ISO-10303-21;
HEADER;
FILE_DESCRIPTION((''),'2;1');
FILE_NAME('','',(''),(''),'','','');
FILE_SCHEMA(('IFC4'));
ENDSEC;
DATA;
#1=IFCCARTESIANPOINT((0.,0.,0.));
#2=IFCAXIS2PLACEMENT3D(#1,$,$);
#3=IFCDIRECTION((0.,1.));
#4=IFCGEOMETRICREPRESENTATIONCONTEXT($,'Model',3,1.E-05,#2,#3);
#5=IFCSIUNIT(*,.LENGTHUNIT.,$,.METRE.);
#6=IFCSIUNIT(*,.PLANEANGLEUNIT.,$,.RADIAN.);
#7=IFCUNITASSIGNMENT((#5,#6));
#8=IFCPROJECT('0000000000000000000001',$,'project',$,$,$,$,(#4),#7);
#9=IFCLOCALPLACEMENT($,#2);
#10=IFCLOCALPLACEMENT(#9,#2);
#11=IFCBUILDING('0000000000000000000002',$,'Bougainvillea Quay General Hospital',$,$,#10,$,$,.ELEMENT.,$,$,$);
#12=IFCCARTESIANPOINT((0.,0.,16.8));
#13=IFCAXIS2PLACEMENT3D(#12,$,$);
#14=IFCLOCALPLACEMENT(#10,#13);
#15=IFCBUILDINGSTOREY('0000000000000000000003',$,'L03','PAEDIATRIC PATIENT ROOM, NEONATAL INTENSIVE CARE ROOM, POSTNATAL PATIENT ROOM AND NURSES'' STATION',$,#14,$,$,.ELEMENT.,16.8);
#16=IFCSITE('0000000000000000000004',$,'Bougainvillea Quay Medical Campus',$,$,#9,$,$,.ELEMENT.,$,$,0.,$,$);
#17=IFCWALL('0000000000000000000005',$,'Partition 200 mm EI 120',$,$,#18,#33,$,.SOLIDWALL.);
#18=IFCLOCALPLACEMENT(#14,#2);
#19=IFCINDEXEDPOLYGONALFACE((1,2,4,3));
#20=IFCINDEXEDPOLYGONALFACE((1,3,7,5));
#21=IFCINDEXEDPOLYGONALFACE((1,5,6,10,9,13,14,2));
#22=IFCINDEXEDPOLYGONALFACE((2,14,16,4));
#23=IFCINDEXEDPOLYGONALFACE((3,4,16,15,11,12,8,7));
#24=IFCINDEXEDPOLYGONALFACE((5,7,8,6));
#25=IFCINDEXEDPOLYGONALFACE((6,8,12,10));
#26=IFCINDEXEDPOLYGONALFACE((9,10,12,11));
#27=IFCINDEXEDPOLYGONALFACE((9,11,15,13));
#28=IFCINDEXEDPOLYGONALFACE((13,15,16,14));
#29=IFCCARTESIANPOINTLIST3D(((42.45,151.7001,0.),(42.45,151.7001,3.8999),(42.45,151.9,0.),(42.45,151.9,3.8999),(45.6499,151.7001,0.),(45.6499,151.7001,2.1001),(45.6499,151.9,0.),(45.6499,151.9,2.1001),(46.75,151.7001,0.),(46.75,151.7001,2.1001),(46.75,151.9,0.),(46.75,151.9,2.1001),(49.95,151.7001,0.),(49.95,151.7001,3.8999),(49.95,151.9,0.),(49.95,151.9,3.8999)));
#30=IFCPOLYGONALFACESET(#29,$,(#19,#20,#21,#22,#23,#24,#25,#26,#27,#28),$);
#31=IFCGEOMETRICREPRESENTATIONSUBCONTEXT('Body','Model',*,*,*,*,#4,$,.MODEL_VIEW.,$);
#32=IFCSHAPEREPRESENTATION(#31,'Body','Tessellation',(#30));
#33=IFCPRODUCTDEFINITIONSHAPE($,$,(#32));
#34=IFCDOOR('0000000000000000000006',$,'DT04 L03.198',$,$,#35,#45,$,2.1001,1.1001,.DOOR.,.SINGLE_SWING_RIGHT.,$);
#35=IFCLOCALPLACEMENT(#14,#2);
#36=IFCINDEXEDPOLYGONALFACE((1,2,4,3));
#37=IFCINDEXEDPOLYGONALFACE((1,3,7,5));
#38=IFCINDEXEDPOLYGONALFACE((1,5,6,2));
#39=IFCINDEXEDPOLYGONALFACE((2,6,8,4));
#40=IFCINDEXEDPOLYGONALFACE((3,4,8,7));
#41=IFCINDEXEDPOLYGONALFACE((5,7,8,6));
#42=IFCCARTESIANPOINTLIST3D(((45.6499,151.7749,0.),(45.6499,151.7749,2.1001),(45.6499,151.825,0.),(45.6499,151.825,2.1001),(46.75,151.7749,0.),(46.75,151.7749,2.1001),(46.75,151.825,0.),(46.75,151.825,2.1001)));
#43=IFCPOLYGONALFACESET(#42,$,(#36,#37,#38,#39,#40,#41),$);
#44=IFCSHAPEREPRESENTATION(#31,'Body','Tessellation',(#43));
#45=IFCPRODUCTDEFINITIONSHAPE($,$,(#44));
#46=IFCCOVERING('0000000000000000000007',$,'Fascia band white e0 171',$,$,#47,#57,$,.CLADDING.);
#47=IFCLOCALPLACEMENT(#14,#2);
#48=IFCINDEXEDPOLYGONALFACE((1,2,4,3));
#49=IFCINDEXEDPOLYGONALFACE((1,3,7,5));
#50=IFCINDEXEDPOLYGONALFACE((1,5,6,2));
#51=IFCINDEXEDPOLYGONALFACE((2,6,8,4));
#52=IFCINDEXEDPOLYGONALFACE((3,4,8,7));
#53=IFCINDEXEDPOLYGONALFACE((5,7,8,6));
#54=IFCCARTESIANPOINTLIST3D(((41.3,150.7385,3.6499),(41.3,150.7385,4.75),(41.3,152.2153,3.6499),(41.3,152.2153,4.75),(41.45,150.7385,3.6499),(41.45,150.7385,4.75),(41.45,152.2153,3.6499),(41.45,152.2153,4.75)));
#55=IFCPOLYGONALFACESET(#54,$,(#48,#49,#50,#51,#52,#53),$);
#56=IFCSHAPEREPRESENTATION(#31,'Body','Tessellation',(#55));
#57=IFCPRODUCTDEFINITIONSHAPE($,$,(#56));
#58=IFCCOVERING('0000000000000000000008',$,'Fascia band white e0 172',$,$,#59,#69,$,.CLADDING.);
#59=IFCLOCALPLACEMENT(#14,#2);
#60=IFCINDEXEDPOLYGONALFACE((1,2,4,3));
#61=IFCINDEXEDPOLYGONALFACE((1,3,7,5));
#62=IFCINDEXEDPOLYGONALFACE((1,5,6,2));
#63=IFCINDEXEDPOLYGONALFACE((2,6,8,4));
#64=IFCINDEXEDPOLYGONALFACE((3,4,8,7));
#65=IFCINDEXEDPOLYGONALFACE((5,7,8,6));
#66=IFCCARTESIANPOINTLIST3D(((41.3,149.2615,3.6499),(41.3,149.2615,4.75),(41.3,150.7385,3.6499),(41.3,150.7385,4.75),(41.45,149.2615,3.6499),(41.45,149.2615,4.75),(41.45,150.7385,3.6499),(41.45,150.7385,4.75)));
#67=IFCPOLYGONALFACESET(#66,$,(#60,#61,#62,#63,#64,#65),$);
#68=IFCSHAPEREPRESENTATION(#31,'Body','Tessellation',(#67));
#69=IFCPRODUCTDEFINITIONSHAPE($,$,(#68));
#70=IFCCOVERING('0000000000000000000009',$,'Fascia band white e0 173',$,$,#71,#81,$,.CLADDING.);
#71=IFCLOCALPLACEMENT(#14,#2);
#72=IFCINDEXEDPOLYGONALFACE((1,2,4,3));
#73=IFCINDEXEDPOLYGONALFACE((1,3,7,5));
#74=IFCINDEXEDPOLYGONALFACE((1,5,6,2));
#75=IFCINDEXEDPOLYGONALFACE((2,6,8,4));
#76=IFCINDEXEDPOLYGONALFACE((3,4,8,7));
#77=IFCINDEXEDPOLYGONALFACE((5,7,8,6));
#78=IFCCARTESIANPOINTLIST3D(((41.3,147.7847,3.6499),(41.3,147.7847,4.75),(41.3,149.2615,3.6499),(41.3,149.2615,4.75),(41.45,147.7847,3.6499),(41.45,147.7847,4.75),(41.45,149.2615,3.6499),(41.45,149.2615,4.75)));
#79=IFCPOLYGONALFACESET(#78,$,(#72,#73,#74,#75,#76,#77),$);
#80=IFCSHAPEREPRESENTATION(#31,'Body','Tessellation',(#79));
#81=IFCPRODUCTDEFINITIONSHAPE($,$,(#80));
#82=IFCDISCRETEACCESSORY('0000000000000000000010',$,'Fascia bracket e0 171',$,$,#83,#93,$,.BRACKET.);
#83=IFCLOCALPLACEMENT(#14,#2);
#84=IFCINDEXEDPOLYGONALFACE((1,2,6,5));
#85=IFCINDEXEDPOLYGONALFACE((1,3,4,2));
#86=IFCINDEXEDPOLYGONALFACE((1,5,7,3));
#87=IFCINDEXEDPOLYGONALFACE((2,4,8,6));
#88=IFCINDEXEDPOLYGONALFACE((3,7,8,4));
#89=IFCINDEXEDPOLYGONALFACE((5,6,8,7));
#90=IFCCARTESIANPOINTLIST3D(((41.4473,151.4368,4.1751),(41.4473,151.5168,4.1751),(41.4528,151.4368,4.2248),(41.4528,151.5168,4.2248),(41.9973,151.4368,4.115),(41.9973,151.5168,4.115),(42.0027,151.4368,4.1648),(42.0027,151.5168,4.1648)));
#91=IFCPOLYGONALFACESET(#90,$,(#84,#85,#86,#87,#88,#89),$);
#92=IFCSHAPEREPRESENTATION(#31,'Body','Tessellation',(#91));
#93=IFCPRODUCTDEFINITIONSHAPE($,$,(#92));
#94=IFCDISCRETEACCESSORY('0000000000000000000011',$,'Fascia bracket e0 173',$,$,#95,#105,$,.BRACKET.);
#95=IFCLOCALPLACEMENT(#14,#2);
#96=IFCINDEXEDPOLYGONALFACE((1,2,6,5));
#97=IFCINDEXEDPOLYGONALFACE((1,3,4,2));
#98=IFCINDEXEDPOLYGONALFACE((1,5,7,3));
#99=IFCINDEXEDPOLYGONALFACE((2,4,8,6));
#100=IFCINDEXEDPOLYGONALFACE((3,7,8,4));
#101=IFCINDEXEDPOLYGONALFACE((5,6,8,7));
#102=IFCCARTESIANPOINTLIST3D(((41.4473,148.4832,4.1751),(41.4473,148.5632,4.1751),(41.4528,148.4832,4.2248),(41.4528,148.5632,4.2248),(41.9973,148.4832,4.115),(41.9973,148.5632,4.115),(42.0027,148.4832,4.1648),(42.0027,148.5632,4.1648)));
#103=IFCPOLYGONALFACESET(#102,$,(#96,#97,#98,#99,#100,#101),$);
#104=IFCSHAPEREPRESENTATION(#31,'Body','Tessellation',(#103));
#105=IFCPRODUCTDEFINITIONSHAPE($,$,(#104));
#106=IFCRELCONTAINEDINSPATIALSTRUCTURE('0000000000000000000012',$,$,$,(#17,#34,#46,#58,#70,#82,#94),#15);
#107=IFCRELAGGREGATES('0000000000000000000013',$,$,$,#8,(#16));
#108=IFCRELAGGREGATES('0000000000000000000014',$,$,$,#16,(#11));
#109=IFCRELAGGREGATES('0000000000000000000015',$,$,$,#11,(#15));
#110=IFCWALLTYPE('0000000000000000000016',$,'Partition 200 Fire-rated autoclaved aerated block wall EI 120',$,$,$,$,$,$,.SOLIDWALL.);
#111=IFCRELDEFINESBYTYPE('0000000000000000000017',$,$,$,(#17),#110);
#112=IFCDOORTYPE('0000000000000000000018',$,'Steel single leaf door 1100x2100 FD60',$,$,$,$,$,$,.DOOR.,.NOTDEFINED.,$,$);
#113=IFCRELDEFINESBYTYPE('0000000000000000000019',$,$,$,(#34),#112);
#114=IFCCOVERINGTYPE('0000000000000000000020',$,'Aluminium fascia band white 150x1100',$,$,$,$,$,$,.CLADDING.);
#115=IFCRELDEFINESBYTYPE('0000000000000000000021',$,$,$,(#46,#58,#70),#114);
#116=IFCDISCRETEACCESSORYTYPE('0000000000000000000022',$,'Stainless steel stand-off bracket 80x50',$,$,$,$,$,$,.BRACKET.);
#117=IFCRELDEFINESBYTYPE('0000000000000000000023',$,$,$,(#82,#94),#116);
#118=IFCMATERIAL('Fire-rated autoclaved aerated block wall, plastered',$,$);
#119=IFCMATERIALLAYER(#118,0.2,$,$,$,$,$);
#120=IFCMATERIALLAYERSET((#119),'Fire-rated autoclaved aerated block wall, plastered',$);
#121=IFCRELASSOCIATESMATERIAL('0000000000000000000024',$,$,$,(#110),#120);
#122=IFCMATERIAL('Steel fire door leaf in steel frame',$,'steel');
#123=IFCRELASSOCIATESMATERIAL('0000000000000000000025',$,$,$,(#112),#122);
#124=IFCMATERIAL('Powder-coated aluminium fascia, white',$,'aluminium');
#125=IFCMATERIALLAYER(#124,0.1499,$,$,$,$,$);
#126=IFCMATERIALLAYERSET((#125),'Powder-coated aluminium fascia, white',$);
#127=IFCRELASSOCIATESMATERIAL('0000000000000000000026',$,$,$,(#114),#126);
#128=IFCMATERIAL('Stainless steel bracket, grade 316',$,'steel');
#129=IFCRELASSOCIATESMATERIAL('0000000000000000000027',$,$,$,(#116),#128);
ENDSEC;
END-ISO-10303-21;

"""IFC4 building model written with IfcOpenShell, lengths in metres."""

from ifc_helpers import new_model, si_unit, direction, frame, frame_2d, origin, origin_2d, place, context, subcontext, project, spatial, polyline, rectangle, outline, extrude, material, layer, layer_set, material_profile, profile_set, type_object, element, fill, save


model = new_model("IFC4")

# Units and contexts
model_context = context("Model", 3, precision=1e-05, world=origin(), true_north=direction((0.0, 1.0)))
body_context = subcontext(model_context, "Body", "Model", "MODEL_VIEW")
ifc_project = project(units=[si_unit("LENGTHUNIT", "METRE"), si_unit("PLANEANGLEUNIT", "RADIAN")], contexts=[model_context])

# Site, building, storey
site_placement = place(None, origin())
site = spatial("IfcSite", under=ifc_project, at=site_placement, Name="Bougainvillea Quay Medical Campus", CompositionType="ELEMENT", RefElevation=0.0)
building_placement = place(site_placement, origin())
building = spatial("IfcBuilding", under=site, at=building_placement, Name="Bougainvillea Quay General Hospital", CompositionType="ELEMENT")
storey_placement = place(building_placement, frame((0.0, 0.0, 16.8)))
storey = spatial("IfcBuildingStorey", under=building, at=storey_placement, Name="L03", Description="PAEDIATRIC PATIENT ROOM, NEONATAL INTENSIVE CARE ROOM, POSTNATAL PATIENT ROOM AND NURSES' STATION", CompositionType="ELEMENT", Elevation=16.8)

# Wall, opening, door
ifc_material_1 = material(Name="Fire-rated autoclaved aerated block wall, plastered")
ifc_layer_1 = layer(ifc_material_1, 0.2)
ifc_layer_set_1 = layer_set([ifc_layer_1], Name="Fire-rated autoclaved aerated block wall, plastered")
wall_type = type_object("IfcWallType", Name="Partition 200 Fire-rated autoclaved aerated block wall EI 120", PredefinedType="SOLIDWALL", material=ifc_layer_set_1)
wall_placement = place(storey_placement, frame((42.45, 151.8, 0.0), z_axis=(0.0, 0.0, 1.0), x_axis=(1.0, 0.0, 0.0)))
wall = element("IfcWall", 1, at=wall_placement, inside=storey, type_object=wall_type, Name="Partition 200 mm EI 120", PredefinedType="SOLIDWALL", context=body_context, shape_type="SweptSolid", body=[
    extrude(rectangle(XDim=7.5, YDim=0.2, at=frame_2d((3.75, 0.0))), origin(), (0.0, 0.0, 1.0), 3.8999),
])
opening_placement = place(wall_placement, frame((3.2, 0.0, 0.0)))
opening = element("IfcOpeningElement", 2, at=opening_placement, cuts=wall, PredefinedType="OPENING", context=body_context, shape_type="SweptSolid", body=[
    extrude(rectangle(XDim=1.1001, YDim=2.1001, at=frame_2d((0.55, 1.05))), frame((0.0, 0.1099, 0.0), z_axis=(0.0, -1.0, 0.0), x_axis=(1.0, 0.0, 0.0)), (0.0, 0.0, 1.0), 0.22),
])
ifc_material_2 = material(Name="Steel fire door leaf in steel frame", Category="steel")
door_type = type_object("IfcDoorType", Name="Steel single leaf door 1100x2100 FD60", OperationType="NOTDEFINED", PredefinedType="DOOR", material=ifc_material_2)
door_placement = place(opening_placement, origin())
door = element("IfcDoor", 3, at=door_placement, inside=storey, type_object=door_type, Name="DT04 L03.198", OperationType="SINGLE_SWING_RIGHT", OverallHeight=2.1001, OverallWidth=1.1001, PredefinedType="DOOR", context=body_context, shape_type="SweptSolid", body=[
    extrude(rectangle(XDim=1.1001, YDim=2.1001, at=frame_2d((0.55, 1.05))), frame((0.0, 0.0249, 0.0), z_axis=(0.0, -1.0, 0.0), x_axis=(1.0, 0.0, 0.0)), (0.0, 0.0, 1.0), 0.05),
])
fill(opening, door)

# Coverings
ifc_material_3 = material(Name="Powder-coated aluminium fascia, white", Category="aluminium")
ifc_layer_2 = layer(ifc_material_3, 0.1499)
ifc_layer_set_2 = layer_set([ifc_layer_2], Name="Powder-coated aluminium fascia, white")
covering_type = type_object("IfcCoveringType", Name="Aluminium fascia band white 150x1100", PredefinedType="CLADDING", material=ifc_layer_set_2)
covering_1_placement = place(storey_placement, frame((41.45, 152.2153, 3.6499), z_axis=(0.0, 0.0, 1.0), x_axis=(0.0, -1.0, 0.0)))
element("IfcCovering", 4, at=covering_1_placement, inside=storey, type_object=covering_type, Name="Fascia band white e0 171", PredefinedType="CLADDING", context=body_context, shape_type="SweptSolid", body=[
    extrude(outline(polyline([(0.0, 0.0), (1.4768, 0.0), (1.4768, -0.1499), (0.0, -0.1499), (0.0, 0.0)])), origin(), (0.0, 0.0, 1.0), 1.1001),
])
covering_2_placement = place(storey_placement, frame((41.45, 150.7385, 3.6499), z_axis=(0.0, 0.0, 1.0), x_axis=(0.0, -1.0, 0.0)))
element("IfcCovering", 5, at=covering_2_placement, inside=storey, type_object=covering_type, Name="Fascia band white e0 172", PredefinedType="CLADDING", context=body_context, shape_type="SweptSolid", body=[
    extrude(outline(polyline([(0.0, 0.0), (1.4771, 0.0), (1.4771, -0.1499), (0.0, -0.1499), (0.0, 0.0)])), origin(), (0.0, 0.0, 1.0), 1.1001),
])
covering_3_placement = place(storey_placement, frame((41.45, 149.2615, 3.6499), z_axis=(0.0, 0.0, 1.0), x_axis=(0.0, -1.0, 0.0)))
element("IfcCovering", 6, at=covering_3_placement, inside=storey, type_object=covering_type, Name="Fascia band white e0 173", PredefinedType="CLADDING", context=body_context, shape_type="SweptSolid", body=[
    extrude(outline(polyline([(0.0, 0.0), (1.4768, 0.0), (1.4768, -0.1499), (0.0, -0.1499), (0.0, 0.0)])), origin(), (0.0, 0.0, 1.0), 1.1001),
])

# Discrete accessories
ifc_material_4 = material(Name="Stainless steel bracket, grade 316", Category="steel")
ifc_material_profile_1 = material_profile(ifc_material_4, rectangle(XDim=0.0801, YDim=0.05, at=origin_2d()))
ifc_profile_set_1 = profile_set([ifc_material_profile_1], Name="Stainless steel bracket, grade 316")
discrete_accessory_type = type_object("IfcDiscreteAccessoryType", Name="Stainless steel stand-off bracket 80x50", PredefinedType="BRACKET", material=ifc_profile_set_1)
for number, where, z_axis, x_axis, name in (
    (7, (42.0, 151.4768, 4.1399), (-0.994092, 0.0, 0.108543), (0.0, -1.0, 0.0), "Fascia bracket e0 171"),
    (8, (42.0, 148.5232, 4.1399), (-0.994092, 0.0, 0.108543), (0.0, -1.0, 0.0), "Fascia bracket e0 173"),
):
    element("IfcDiscreteAccessory", number, at=place(storey_placement, frame(where, z_axis=z_axis, x_axis=x_axis)), inside=storey, type_object=discrete_accessory_type, Name=name, PredefinedType="BRACKET", context=body_context, shape_type="SweptSolid", body=[
        extrude(rectangle(XDim=0.0801, YDim=0.05, at=origin_2d()), origin(), (0.0, 0.0, 1.0), 0.5532),
    ])

save(model, "model.ifc")
